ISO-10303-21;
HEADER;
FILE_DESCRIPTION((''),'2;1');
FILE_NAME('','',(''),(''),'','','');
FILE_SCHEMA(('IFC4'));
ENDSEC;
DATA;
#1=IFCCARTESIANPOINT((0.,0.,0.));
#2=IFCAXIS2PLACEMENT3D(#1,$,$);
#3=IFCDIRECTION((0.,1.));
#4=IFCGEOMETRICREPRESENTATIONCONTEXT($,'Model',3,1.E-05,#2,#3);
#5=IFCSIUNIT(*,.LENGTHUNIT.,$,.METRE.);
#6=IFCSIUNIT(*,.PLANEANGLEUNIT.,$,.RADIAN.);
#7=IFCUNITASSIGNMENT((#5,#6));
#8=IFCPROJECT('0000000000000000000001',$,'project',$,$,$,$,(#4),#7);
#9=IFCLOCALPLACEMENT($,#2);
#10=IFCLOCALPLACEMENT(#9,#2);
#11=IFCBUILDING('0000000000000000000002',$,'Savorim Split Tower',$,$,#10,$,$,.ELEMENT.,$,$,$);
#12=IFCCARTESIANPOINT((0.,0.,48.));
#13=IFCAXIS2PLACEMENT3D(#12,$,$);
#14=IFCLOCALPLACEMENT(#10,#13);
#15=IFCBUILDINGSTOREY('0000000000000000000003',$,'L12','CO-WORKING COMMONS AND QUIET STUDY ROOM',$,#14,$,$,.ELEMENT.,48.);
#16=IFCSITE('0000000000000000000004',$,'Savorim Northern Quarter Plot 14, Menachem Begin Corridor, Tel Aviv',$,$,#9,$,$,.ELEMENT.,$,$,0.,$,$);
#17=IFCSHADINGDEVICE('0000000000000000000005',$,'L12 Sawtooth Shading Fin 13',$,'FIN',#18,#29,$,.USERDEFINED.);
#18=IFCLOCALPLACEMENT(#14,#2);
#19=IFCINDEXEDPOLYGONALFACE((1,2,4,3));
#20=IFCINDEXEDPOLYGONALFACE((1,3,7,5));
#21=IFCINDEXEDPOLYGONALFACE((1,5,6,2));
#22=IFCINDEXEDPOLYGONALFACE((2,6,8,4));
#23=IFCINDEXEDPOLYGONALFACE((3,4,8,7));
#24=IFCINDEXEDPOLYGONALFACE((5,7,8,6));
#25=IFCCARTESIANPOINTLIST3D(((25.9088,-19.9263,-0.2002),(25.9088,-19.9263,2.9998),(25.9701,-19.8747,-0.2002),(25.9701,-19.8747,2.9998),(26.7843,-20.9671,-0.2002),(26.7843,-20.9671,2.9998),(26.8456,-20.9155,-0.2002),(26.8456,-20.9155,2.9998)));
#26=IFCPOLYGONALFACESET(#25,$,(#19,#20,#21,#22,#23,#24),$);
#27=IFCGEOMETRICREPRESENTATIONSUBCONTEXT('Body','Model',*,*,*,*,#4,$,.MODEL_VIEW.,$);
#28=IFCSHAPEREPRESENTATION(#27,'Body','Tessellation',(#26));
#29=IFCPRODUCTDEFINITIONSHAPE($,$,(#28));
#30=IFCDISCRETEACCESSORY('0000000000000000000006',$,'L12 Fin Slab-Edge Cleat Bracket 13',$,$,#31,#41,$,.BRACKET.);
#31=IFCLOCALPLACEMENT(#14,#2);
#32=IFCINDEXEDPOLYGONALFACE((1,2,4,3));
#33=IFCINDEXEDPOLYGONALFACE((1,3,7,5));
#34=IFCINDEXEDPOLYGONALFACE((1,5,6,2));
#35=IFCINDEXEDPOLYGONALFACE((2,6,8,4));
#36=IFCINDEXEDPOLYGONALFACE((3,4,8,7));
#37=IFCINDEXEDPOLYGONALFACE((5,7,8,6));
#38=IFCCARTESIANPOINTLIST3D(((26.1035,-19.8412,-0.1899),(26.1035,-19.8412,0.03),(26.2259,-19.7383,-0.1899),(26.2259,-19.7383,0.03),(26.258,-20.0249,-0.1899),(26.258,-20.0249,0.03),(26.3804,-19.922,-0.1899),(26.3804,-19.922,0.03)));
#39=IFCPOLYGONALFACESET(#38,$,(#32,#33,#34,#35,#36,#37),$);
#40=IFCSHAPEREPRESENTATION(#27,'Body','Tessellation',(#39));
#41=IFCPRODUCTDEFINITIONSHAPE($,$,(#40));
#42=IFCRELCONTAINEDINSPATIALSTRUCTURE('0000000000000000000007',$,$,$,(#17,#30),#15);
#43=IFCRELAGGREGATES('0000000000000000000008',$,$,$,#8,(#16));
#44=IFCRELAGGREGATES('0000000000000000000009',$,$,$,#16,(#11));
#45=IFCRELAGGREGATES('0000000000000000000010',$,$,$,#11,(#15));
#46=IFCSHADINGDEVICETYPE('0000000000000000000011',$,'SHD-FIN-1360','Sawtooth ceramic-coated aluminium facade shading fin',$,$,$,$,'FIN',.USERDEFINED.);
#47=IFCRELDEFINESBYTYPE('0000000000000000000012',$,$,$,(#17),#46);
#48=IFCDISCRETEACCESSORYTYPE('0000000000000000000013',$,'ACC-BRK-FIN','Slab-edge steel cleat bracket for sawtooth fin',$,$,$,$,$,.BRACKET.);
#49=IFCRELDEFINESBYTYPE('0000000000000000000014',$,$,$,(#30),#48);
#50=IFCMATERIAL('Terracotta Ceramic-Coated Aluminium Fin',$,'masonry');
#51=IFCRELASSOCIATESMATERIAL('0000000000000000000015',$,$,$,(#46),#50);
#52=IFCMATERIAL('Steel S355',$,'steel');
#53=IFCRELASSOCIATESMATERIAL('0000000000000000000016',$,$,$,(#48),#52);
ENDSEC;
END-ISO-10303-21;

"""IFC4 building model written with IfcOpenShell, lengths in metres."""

from ifc_helpers import new_model, si_unit, direction, frame, origin, origin_2d, place, context, subcontext, project, spatial, rectangle, extrude, material, type_object, element, save


model = new_model("IFC4")

# Units and contexts
model_context = context("Model", 3, precision=1e-05, world=origin(), true_north=direction((0.0, 1.0)))
body_context = subcontext(model_context, "Body", "Model", "MODEL_VIEW")
ifc_project = project(units=[si_unit("LENGTHUNIT", "METRE"), si_unit("PLANEANGLEUNIT", "RADIAN")], contexts=[model_context])

# Site, building, storey
site_placement = place(None, origin())
site = spatial("IfcSite", under=ifc_project, at=site_placement, Name="Savorim Northern Quarter Plot 14, Menachem Begin Corridor, Tel Aviv", CompositionType="ELEMENT", RefElevation=0.0)
building_placement = place(site_placement, origin())
building = spatial("IfcBuilding", under=site, at=building_placement, Name="Savorim Split Tower", CompositionType="ELEMENT")
storey_placement = place(building_placement, frame((0.0, 0.0, 48.0)))
storey = spatial("IfcBuildingStorey", under=building, at=storey_placement, Name="L12", Description="CO-WORKING COMMONS AND QUIET STUDY ROOM", CompositionType="ELEMENT", Elevation=48.0)

# Shared definitions
ifc_material_1 = material(Name="Steel S355", Category="steel")

# Shading device
ifc_material_2 = material(Name="Terracotta Ceramic-Coated Aluminium Fin", Category="masonry")
shading_device_type = type_object("IfcShadingDeviceType", Name="SHD-FIN-1360", Description="Sawtooth ceramic-coated aluminium facade shading fin", ElementType="FIN", PredefinedType="USERDEFINED", material=ifc_material_2)
shading_device_placement = place(storey_placement, frame((26.3772, -20.4209, -0.2002), z_axis=(0.0, 0.0, 1.0), x_axis=(0.643719, -0.765262, 0.0)))
element("IfcShadingDevice", 1, at=shading_device_placement, inside=storey, type_object=shading_device_type, Name="L12 Sawtooth Shading Fin 13", ObjectType="FIN", PredefinedType="USERDEFINED", context=body_context, shape_type="SweptSolid", body=[
    extrude(rectangle(XDim=1.3601, YDim=0.0801, at=origin_2d()), origin(), (0.0, 0.0, 1.0), 3.2),
])

# Discrete accessory
discrete_accessory_type = type_object("IfcDiscreteAccessoryType", Name="ACC-BRK-FIN", Description="Slab-edge steel cleat bracket for sawtooth fin", PredefinedType="BRACKET", material=ifc_material_1)
discrete_accessory_placement = place(storey_placement, frame((26.2419, -19.8816, -0.1899), z_axis=(0.0, 0.0, 1.0), x_axis=(0.643719, -0.765262, 0.0)))
element("IfcDiscreteAccessory", 2, at=discrete_accessory_placement, inside=storey, type_object=discrete_accessory_type, Name="L12 Fin Slab-Edge Cleat Bracket 13", PredefinedType="BRACKET", context=body_context, shape_type="SweptSolid", body=[
    extrude(rectangle(XDim=0.24, YDim=0.1599, at=origin_2d()), origin(), (0.0, 0.0, 1.0), 0.22),
])

save(model, "model.ifc")
